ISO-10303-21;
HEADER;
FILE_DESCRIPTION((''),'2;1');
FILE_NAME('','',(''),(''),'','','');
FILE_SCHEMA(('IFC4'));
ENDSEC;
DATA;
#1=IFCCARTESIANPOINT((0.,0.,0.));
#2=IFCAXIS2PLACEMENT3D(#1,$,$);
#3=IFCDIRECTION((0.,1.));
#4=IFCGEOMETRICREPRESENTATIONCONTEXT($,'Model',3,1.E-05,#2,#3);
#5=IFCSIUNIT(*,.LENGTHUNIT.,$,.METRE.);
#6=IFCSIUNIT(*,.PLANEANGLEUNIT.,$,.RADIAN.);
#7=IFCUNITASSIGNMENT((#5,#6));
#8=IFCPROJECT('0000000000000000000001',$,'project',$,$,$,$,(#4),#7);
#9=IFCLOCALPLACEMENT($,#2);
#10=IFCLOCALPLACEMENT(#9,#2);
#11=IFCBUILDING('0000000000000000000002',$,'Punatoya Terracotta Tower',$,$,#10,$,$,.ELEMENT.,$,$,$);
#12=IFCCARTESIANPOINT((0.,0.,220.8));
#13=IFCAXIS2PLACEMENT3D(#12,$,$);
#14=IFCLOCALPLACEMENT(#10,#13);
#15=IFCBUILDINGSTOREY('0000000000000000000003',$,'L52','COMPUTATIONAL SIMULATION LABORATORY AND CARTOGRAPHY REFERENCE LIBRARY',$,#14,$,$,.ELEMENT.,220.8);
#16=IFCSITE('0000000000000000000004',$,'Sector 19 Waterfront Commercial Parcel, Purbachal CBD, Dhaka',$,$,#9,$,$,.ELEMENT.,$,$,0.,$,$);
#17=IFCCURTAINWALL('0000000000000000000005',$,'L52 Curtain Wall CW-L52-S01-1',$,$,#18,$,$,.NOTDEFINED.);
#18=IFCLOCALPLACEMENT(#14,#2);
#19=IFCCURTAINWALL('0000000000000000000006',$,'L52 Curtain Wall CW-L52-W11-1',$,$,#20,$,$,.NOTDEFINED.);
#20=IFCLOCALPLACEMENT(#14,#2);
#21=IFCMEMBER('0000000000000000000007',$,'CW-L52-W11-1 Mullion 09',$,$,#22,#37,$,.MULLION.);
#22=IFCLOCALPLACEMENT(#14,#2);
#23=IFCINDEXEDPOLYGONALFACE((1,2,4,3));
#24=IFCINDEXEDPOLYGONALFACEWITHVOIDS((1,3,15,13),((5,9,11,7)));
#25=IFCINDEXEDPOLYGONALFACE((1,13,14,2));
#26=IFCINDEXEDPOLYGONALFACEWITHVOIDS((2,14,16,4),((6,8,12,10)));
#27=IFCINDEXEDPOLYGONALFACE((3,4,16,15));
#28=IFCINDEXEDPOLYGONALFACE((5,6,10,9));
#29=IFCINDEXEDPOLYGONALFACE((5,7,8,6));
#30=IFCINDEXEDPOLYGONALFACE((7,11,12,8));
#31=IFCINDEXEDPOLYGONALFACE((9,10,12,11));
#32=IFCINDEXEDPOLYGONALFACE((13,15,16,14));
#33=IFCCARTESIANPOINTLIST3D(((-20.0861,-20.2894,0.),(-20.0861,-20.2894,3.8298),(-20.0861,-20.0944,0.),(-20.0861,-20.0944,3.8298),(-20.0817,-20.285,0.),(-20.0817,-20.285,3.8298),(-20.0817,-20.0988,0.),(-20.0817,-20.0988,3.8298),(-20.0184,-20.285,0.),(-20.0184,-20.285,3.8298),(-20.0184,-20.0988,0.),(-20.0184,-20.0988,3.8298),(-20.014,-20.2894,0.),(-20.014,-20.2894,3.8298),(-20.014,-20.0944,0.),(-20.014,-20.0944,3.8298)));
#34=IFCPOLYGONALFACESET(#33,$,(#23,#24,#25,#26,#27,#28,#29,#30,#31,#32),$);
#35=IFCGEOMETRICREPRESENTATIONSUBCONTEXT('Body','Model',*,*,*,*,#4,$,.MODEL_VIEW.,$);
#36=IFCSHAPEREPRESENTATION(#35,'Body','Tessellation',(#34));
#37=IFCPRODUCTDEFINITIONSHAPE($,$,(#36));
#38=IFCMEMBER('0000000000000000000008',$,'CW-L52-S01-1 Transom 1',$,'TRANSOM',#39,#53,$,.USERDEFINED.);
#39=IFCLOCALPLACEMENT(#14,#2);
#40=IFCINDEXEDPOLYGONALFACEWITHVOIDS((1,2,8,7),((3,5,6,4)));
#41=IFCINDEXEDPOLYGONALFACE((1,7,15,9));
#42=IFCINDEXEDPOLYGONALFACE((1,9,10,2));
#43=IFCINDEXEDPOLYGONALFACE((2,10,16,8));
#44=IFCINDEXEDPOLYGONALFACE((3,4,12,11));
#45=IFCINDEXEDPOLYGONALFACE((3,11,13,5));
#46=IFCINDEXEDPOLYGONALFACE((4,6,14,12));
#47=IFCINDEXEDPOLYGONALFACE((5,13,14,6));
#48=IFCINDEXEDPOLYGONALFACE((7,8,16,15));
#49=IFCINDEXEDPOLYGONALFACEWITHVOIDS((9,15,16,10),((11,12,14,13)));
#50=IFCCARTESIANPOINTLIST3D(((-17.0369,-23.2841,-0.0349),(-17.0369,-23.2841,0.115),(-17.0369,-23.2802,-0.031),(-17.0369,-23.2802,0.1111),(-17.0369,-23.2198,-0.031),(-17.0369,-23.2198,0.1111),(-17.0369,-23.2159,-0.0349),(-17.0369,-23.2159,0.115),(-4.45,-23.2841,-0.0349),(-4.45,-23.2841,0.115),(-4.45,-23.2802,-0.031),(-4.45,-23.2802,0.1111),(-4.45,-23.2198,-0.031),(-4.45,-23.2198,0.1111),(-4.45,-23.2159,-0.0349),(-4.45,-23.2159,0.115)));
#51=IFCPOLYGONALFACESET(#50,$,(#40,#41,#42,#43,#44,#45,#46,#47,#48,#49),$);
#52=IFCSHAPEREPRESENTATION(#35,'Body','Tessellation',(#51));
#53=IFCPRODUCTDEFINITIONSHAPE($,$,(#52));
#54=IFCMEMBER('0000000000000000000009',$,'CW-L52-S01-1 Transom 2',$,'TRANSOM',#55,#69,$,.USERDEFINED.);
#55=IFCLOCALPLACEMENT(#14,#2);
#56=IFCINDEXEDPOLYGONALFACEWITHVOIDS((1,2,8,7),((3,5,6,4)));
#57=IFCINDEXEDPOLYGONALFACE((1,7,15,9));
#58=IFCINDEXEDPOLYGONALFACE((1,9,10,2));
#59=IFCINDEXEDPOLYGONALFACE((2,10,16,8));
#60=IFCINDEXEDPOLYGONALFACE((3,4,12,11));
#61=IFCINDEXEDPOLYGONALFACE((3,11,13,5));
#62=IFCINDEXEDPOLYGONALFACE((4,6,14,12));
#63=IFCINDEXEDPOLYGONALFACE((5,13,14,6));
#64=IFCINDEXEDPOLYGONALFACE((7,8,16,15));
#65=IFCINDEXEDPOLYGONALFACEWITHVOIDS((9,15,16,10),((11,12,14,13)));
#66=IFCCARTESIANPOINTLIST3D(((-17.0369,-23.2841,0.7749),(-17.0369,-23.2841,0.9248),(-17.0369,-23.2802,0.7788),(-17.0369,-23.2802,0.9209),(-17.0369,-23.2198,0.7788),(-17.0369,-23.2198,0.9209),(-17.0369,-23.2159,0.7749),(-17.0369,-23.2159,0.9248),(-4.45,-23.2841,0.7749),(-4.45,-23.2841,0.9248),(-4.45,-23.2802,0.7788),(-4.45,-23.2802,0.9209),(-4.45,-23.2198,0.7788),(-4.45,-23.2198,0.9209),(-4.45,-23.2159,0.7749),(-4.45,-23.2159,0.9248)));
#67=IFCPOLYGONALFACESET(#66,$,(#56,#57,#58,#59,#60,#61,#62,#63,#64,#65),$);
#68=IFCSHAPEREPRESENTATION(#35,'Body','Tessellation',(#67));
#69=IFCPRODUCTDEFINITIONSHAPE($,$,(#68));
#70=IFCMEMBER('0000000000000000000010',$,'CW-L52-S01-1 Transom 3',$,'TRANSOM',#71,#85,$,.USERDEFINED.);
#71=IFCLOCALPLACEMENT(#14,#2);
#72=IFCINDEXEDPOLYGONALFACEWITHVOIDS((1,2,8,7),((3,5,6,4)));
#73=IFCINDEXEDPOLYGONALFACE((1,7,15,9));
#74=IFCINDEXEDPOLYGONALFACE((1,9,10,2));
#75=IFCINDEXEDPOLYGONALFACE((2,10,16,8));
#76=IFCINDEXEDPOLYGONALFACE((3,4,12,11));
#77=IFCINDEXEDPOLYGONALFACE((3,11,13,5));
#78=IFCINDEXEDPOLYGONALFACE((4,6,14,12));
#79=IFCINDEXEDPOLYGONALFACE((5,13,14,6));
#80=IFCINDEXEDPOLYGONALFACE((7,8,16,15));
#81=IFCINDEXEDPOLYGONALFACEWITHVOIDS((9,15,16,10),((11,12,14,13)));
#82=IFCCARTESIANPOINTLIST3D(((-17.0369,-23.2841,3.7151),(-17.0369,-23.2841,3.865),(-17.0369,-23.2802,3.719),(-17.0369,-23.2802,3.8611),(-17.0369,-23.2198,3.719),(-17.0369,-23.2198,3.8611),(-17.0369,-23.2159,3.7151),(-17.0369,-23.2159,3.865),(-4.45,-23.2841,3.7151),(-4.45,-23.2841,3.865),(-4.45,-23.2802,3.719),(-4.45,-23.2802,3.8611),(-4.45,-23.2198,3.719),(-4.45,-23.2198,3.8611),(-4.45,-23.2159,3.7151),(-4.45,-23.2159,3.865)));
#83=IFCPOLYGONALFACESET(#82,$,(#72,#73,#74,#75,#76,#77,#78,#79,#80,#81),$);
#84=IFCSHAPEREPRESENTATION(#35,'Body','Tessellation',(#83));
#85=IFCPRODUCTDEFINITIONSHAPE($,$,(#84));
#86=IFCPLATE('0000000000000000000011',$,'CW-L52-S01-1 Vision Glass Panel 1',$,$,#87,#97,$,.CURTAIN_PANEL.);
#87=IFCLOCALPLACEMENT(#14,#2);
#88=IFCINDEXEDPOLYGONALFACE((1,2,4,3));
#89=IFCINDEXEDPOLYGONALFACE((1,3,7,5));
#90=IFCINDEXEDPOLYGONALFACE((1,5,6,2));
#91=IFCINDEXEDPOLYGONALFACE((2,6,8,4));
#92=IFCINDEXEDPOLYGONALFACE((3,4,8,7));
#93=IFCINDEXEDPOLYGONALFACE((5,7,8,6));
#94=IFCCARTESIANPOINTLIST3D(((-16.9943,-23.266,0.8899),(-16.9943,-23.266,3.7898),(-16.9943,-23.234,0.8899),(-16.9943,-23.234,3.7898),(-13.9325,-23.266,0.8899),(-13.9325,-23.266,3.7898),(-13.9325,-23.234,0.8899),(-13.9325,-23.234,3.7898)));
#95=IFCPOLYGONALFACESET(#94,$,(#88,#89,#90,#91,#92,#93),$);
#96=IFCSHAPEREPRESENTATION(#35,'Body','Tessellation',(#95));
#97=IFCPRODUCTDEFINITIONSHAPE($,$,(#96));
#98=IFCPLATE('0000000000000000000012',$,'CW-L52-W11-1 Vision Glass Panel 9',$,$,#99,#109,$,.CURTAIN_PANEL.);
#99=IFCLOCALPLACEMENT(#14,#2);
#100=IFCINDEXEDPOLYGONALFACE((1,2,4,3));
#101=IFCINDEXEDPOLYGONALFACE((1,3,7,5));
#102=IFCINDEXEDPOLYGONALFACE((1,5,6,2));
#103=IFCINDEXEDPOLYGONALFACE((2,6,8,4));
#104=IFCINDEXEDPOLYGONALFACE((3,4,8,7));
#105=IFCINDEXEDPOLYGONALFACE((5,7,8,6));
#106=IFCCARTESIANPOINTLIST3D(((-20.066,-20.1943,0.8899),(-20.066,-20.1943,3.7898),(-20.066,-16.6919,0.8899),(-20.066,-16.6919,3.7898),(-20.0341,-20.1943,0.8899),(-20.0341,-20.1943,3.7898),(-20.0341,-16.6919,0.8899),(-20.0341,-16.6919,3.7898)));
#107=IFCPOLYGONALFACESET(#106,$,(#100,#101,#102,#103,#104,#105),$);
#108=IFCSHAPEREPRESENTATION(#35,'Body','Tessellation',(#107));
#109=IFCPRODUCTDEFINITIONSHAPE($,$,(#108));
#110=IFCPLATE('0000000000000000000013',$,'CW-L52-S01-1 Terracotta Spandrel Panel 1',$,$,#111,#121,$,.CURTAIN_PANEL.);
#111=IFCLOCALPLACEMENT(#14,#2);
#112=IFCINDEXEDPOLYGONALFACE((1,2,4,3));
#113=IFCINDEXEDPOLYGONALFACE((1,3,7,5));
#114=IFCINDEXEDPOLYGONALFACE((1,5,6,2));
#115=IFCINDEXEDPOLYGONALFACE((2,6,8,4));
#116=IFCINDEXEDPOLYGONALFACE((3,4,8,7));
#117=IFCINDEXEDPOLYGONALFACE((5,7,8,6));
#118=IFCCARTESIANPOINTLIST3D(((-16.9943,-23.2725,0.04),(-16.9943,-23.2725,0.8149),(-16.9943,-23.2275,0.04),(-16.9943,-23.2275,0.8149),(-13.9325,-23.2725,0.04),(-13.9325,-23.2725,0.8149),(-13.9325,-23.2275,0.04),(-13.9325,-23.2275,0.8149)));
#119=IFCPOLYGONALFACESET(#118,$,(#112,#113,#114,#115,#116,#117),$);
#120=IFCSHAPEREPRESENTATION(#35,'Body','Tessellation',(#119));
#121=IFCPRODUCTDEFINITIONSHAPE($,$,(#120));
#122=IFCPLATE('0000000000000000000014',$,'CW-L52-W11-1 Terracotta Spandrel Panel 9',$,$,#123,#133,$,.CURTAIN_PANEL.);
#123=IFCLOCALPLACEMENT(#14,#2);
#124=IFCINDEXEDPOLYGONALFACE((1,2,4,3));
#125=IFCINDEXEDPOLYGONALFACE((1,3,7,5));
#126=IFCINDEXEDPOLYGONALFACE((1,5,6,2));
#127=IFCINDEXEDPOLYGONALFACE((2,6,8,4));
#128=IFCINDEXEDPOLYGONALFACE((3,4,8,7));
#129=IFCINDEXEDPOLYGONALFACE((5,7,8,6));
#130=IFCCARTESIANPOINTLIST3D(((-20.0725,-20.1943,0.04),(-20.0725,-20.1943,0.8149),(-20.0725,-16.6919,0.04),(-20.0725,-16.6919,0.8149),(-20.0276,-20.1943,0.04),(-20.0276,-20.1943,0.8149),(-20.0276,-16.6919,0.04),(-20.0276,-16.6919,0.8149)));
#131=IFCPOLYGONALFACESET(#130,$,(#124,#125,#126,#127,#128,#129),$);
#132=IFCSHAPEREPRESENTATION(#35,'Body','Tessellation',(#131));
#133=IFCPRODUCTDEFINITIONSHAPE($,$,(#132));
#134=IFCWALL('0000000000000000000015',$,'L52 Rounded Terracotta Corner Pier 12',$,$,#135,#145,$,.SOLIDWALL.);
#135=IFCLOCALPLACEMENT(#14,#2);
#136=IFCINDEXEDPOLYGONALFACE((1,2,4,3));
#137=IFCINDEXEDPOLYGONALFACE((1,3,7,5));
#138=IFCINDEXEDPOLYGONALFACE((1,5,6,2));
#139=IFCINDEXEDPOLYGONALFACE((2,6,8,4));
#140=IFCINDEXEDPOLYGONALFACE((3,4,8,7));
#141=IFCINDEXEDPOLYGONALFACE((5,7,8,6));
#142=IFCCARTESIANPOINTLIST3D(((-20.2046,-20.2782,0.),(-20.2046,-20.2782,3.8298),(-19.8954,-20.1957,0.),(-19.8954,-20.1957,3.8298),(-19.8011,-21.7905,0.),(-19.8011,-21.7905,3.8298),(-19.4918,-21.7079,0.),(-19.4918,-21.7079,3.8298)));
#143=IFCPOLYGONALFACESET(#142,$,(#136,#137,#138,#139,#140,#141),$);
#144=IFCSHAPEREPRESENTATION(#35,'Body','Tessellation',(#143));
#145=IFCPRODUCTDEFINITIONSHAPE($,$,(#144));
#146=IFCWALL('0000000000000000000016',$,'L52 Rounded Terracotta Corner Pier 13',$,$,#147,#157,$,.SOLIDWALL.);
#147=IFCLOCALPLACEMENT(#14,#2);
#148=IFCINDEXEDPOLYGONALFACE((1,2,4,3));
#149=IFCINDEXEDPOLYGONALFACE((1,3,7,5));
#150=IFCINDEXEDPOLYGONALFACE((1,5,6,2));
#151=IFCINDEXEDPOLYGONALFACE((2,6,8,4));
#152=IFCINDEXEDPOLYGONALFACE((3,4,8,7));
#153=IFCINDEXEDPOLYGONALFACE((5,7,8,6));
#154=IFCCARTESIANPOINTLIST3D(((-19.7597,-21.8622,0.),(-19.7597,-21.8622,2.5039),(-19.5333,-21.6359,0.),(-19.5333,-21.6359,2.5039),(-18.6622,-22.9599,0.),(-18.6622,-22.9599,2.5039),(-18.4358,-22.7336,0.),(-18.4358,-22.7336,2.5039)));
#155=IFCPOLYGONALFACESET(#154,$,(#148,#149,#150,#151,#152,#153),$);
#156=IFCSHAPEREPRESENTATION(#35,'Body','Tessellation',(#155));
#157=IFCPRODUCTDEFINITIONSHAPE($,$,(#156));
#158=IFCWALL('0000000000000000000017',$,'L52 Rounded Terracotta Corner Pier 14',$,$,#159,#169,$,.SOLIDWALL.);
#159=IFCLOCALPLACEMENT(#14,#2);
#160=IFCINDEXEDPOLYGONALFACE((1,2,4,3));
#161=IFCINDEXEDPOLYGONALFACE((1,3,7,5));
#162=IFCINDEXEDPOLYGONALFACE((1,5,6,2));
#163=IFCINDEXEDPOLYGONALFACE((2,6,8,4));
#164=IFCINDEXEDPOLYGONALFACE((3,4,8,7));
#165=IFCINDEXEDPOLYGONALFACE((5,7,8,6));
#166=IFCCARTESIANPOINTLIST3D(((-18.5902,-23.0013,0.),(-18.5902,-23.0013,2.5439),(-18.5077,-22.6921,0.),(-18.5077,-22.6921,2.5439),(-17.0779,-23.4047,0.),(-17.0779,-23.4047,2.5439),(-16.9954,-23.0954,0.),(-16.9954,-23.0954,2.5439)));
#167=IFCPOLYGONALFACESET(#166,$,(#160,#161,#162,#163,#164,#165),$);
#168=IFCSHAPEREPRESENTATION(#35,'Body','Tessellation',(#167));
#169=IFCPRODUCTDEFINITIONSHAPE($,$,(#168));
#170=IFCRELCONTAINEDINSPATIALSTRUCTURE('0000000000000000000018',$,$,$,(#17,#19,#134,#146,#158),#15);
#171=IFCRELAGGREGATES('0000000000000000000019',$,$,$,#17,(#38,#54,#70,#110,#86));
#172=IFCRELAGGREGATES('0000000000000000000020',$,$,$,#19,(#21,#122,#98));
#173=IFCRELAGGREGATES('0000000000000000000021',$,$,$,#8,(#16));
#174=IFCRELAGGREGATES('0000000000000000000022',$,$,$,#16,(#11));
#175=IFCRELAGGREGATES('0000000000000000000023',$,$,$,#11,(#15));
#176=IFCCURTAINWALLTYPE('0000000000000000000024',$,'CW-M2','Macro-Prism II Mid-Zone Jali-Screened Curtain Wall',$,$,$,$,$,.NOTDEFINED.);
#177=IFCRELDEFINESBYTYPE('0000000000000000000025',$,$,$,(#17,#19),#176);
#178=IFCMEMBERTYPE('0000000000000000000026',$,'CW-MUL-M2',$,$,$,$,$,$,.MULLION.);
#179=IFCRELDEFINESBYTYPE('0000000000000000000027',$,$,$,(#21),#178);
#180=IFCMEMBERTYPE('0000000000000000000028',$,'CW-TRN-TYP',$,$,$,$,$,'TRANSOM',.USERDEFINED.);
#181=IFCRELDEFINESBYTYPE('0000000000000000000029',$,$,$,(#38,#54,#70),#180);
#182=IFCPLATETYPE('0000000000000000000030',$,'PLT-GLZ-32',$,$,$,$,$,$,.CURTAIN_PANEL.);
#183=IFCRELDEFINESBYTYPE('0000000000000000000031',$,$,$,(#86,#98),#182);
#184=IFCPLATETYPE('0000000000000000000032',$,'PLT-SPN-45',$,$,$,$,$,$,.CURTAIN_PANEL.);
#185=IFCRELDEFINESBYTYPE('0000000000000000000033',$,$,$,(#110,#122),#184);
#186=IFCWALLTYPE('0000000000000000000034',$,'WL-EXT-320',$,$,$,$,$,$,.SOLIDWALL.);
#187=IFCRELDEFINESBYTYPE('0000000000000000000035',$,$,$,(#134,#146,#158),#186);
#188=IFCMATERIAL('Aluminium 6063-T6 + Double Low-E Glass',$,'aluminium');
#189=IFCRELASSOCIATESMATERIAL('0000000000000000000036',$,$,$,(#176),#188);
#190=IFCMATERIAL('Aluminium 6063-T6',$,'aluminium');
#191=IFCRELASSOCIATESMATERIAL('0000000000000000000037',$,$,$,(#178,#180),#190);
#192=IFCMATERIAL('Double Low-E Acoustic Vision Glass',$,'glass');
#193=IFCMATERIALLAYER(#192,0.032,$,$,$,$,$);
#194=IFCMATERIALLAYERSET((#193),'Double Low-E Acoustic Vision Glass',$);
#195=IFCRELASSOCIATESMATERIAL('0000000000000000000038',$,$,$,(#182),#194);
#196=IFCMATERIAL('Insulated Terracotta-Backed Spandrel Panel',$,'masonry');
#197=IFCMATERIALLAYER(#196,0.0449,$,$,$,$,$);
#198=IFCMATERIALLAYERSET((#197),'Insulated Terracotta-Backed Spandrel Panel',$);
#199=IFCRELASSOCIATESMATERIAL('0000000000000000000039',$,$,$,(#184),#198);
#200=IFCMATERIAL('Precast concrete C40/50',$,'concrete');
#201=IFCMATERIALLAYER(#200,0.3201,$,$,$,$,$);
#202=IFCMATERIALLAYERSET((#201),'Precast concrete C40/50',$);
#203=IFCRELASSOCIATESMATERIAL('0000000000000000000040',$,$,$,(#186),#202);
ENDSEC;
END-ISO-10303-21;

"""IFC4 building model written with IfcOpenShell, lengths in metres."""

from ifc_helpers import new_model, si_unit, direction, frame, frame_2d, origin, origin_2d, place, context, subcontext, project, spatial, rectangle, hollow_rectangle, extrude, material, layer, layer_set, material_profile, profile_set, type_object, element, aggregate, save


model = new_model("IFC4")

# Units and contexts
model_context = context("Model", 3, precision=1e-05, world=origin(), true_north=direction((0.0, 1.0)))
body_context = subcontext(model_context, "Body", "Model", "MODEL_VIEW")
ifc_project = project(units=[si_unit("LENGTHUNIT", "METRE"), si_unit("PLANEANGLEUNIT", "RADIAN")], contexts=[model_context])

# Site, building, storey
site_placement = place(None, origin())
site = spatial("IfcSite", under=ifc_project, at=site_placement, Name="Sector 19 Waterfront Commercial Parcel, Purbachal CBD, Dhaka", CompositionType="ELEMENT", RefElevation=0.0)
building_placement = place(site_placement, origin())
building = spatial("IfcBuilding", under=site, at=building_placement, Name="Punatoya Terracotta Tower", CompositionType="ELEMENT")
storey_placement = place(building_placement, frame((0.0, 0.0, 220.8)))
storey = spatial("IfcBuildingStorey", under=building, at=storey_placement, Name="L52", Description="COMPUTATIONAL SIMULATION LABORATORY AND CARTOGRAPHY REFERENCE LIBRARY", CompositionType="ELEMENT", Elevation=220.8)

# Curtain walls, member
ifc_material_1 = material(Name="Aluminium 6063-T6 + Double Low-E Glass", Category="aluminium")
curtain_wall_type = type_object("IfcCurtainWallType", Name="CW-M2", Description="Macro-Prism II Mid-Zone Jali-Screened Curtain Wall", PredefinedType="NOTDEFINED", material=ifc_material_1)
curtain_wall_1_placement = place(storey_placement, origin())
curtain_wall_1 = element("IfcCurtainWall", 1, at=curtain_wall_1_placement, inside=storey, type_object=curtain_wall_type, Name="L52 Curtain Wall CW-L52-S01-1", PredefinedType="NOTDEFINED")
ifc_material_2 = material(Name="Aluminium 6063-T6", Category="aluminium")
ifc_material_profile_1 = material_profile(ifc_material_2, hollow_rectangle(XDim=0.072, YDim=0.1951, WallThickness=0.0044, at=origin_2d()))
ifc_profile_set_1 = profile_set([ifc_material_profile_1], Name="Aluminium 6063-T6")
member_type_1 = type_object("IfcMemberType", Name="CW-MUL-M2", PredefinedType="MULLION", material=ifc_profile_set_1)
curtain_wall_2_placement = place(storey_placement, origin())
curtain_wall_2 = element("IfcCurtainWall", 2, at=curtain_wall_2_placement, inside=storey, type_object=curtain_wall_type, Name="L52 Curtain Wall CW-L52-W11-1", PredefinedType="NOTDEFINED")
member_1_placement = place(storey_placement, frame((-20.05, -20.1919, 0.0), z_axis=(0.0, 0.0, 1.0), x_axis=(1.0, 0.0, 0.0)))
member_1 = element("IfcMember", 3, at=member_1_placement, type_object=member_type_1, Name="CW-L52-W11-1 Mullion 09", PredefinedType="MULLION", context=body_context, shape_type="SweptSolid", body=[
    extrude(hollow_rectangle(XDim=0.072, YDim=0.1951, WallThickness=0.0044, at=origin_2d()), origin(), (0.0, 0.0, 1.0), 3.8298),
])

# Members
ifc_material_profile_2 = material_profile(ifc_material_2, hollow_rectangle(XDim=0.0681, YDim=0.1499, WallThickness=0.0039, at=origin_2d()))
ifc_profile_set_2 = profile_set([ifc_material_profile_2], Name="Aluminium 6063-T6")
member_type_2 = type_object("IfcMemberType", Name="CW-TRN-TYP", ElementType="TRANSOM", PredefinedType="USERDEFINED", material=ifc_profile_set_2)
member_2_placement = place(storey_placement, frame((-17.0369, -23.25, 0.04), z_axis=(1.0, 0.0, 0.0), x_axis=(0.0, 1.0, 0.0)))
member_2 = element("IfcMember", 4, at=member_2_placement, type_object=member_type_2, Name="CW-L52-S01-1 Transom 1", ObjectType="TRANSOM", PredefinedType="USERDEFINED", context=body_context, shape_type="SweptSolid", body=[
    extrude(hollow_rectangle(XDim=0.0681, YDim=0.1499, WallThickness=0.0039, at=origin_2d()), origin(), (0.0, 0.0, 1.0), 12.5869),
])
member_3_placement = place(storey_placement, frame((-17.0369, -23.25, 0.8499), z_axis=(1.0, 0.0, 0.0), x_axis=(0.0, 1.0, 0.0)))
member_3 = element("IfcMember", 5, at=member_3_placement, type_object=member_type_2, Name="CW-L52-S01-1 Transom 2", ObjectType="TRANSOM", PredefinedType="USERDEFINED", context=body_context, shape_type="SweptSolid", body=[
    extrude(hollow_rectangle(XDim=0.0681, YDim=0.1499, WallThickness=0.0039, at=origin_2d()), origin(), (0.0, 0.0, 1.0), 12.5869),
])
member_4_placement = place(storey_placement, frame((-17.0369, -23.25, 3.79), z_axis=(1.0, 0.0, 0.0), x_axis=(0.0, 1.0, 0.0)))
member_4 = element("IfcMember", 6, at=member_4_placement, type_object=member_type_2, Name="CW-L52-S01-1 Transom 3", ObjectType="TRANSOM", PredefinedType="USERDEFINED", context=body_context, shape_type="SweptSolid", body=[
    extrude(hollow_rectangle(XDim=0.0681, YDim=0.1499, WallThickness=0.0039, at=origin_2d()), origin(), (0.0, 0.0, 1.0), 12.5869),
])

# Plates
ifc_material_3 = material(Name="Double Low-E Acoustic Vision Glass", Category="glass")
ifc_layer_1 = layer(ifc_material_3, 0.032)
ifc_layer_set_1 = layer_set([ifc_layer_1], Name="Double Low-E Acoustic Vision Glass")
plate_type_1 = type_object("IfcPlateType", Name="PLT-GLZ-32", PredefinedType="CURTAIN_PANEL", material=ifc_layer_set_1)
plate_1_placement = place(storey_placement, frame((-15.4634, -23.25, 0.8899), z_axis=(0.0, 0.0, 1.0), x_axis=(1.0, 0.0, 0.0)))
plate_1 = element("IfcPlate", 7, at=plate_1_placement, type_object=plate_type_1, Name="CW-L52-S01-1 Vision Glass Panel 1", PredefinedType="CURTAIN_PANEL", context=body_context, shape_type="SweptSolid", body=[
    extrude(rectangle(XDim=3.0618, YDim=0.032, at=origin_2d()), origin(), (0.0, 0.0, 1.0), 2.8999),
])
plate_2_placement = place(storey_placement, frame((-20.05, -18.4431, 0.8899), z_axis=(0.0, 0.0, 1.0), x_axis=(0.0, -1.0, 0.0)))
plate_2 = element("IfcPlate", 8, at=plate_2_placement, type_object=plate_type_1, Name="CW-L52-W11-1 Vision Glass Panel 9", PredefinedType="CURTAIN_PANEL", context=body_context, shape_type="SweptSolid", body=[
    extrude(rectangle(XDim=3.5024, YDim=0.032, at=origin_2d()), origin(), (0.0, 0.0, 1.0), 2.8999),
])
ifc_material_4 = material(Name="Insulated Terracotta-Backed Spandrel Panel", Category="masonry")
ifc_layer_2 = layer(ifc_material_4, 0.0449)
ifc_layer_set_2 = layer_set([ifc_layer_2], Name="Insulated Terracotta-Backed Spandrel Panel")
plate_type_2 = type_object("IfcPlateType", Name="PLT-SPN-45", PredefinedType="CURTAIN_PANEL", material=ifc_layer_set_2)
plate_3_placement = place(storey_placement, frame((-15.4634, -23.25, 0.04), z_axis=(0.0, 0.0, 1.0), x_axis=(1.0, 0.0, 0.0)))
plate_3 = element("IfcPlate", 9, at=plate_3_placement, type_object=plate_type_2, Name="CW-L52-S01-1 Terracotta Spandrel Panel 1", PredefinedType="CURTAIN_PANEL", context=body_context, shape_type="SweptSolid", body=[
    extrude(rectangle(XDim=3.0618, YDim=0.0449, at=origin_2d()), origin(), (0.0, 0.0, 1.0), 0.7749),
])
aggregate(curtain_wall_1, [member_2, member_3, member_4, plate_3, plate_1])
plate_4_placement = place(storey_placement, frame((-20.05, -18.4431, 0.04), z_axis=(0.0, 0.0, 1.0), x_axis=(0.0, -1.0, 0.0)))
plate_4 = element("IfcPlate", 10, at=plate_4_placement, type_object=plate_type_2, Name="CW-L52-W11-1 Terracotta Spandrel Panel 9", PredefinedType="CURTAIN_PANEL", context=body_context, shape_type="SweptSolid", body=[
    extrude(rectangle(XDim=3.5024, YDim=0.0449, at=origin_2d()), origin(), (0.0, 0.0, 1.0), 0.7749),
])
aggregate(curtain_wall_2, [member_1, plate_4, plate_2])

# Walls
ifc_material_5 = material(Name="Precast concrete C40/50", Category="concrete")
ifc_layer_3 = layer(ifc_material_5, 0.3201)
ifc_layer_set_3 = layer_set([ifc_layer_3], Name="Precast concrete C40/50")
wall_type = type_object("IfcWallType", Name="WL-EXT-320", PredefinedType="SOLIDWALL", material=ifc_layer_set_3)
wall_1_placement = place(storey_placement, frame((-20.05, -20.2368, 0.0), z_axis=(0.0, 0.0, 1.0), x_axis=(0.257847, -0.966186, 0.0)))
element("IfcWall", 11, at=wall_1_placement, inside=storey, type_object=wall_type, Name="L52 Rounded Terracotta Corner Pier 12", PredefinedType="SOLIDWALL", context=body_context, shape_type="SweptSolid", body=[
    extrude(rectangle(XDim=1.5652, YDim=0.3201, at=frame_2d((0.7827, 0.0))), origin(), (0.0, 0.0, 1.0), 3.8298),
])
wall_2_placement = place(storey_placement, frame((-19.6465, -21.749, 0.0), z_axis=(0.0, 0.0, 1.0), x_axis=(0.707028, -0.707185, 0.0)))
element("IfcWall", 12, at=wall_2_placement, inside=storey, type_object=wall_type, Name="L52 Rounded Terracotta Corner Pier 13", PredefinedType="SOLIDWALL", context=body_context, shape_type="SweptSolid", body=[
    extrude(rectangle(XDim=1.5522, YDim=0.3201, at=frame_2d((0.7761, 0.0))), origin(), (0.0, 0.0, 1.0), 2.5039),
])
wall_3_placement = place(storey_placement, frame((-18.5491, -22.8467, 0.0), z_axis=(0.0, 0.0, 1.0), x_axis=(0.966225, -0.257701, 0.0)))
element("IfcWall", 13, at=wall_3_placement, inside=storey, type_object=wall_type, Name="L52 Rounded Terracotta Corner Pier 14", PredefinedType="SOLIDWALL", context=body_context, shape_type="SweptSolid", body=[
    extrude(rectangle(XDim=1.5652, YDim=0.3201, at=frame_2d((0.7827, 0.0))), origin(), (0.0, 0.0, 1.0), 2.5439),
])

save(model, "model.ifc")
